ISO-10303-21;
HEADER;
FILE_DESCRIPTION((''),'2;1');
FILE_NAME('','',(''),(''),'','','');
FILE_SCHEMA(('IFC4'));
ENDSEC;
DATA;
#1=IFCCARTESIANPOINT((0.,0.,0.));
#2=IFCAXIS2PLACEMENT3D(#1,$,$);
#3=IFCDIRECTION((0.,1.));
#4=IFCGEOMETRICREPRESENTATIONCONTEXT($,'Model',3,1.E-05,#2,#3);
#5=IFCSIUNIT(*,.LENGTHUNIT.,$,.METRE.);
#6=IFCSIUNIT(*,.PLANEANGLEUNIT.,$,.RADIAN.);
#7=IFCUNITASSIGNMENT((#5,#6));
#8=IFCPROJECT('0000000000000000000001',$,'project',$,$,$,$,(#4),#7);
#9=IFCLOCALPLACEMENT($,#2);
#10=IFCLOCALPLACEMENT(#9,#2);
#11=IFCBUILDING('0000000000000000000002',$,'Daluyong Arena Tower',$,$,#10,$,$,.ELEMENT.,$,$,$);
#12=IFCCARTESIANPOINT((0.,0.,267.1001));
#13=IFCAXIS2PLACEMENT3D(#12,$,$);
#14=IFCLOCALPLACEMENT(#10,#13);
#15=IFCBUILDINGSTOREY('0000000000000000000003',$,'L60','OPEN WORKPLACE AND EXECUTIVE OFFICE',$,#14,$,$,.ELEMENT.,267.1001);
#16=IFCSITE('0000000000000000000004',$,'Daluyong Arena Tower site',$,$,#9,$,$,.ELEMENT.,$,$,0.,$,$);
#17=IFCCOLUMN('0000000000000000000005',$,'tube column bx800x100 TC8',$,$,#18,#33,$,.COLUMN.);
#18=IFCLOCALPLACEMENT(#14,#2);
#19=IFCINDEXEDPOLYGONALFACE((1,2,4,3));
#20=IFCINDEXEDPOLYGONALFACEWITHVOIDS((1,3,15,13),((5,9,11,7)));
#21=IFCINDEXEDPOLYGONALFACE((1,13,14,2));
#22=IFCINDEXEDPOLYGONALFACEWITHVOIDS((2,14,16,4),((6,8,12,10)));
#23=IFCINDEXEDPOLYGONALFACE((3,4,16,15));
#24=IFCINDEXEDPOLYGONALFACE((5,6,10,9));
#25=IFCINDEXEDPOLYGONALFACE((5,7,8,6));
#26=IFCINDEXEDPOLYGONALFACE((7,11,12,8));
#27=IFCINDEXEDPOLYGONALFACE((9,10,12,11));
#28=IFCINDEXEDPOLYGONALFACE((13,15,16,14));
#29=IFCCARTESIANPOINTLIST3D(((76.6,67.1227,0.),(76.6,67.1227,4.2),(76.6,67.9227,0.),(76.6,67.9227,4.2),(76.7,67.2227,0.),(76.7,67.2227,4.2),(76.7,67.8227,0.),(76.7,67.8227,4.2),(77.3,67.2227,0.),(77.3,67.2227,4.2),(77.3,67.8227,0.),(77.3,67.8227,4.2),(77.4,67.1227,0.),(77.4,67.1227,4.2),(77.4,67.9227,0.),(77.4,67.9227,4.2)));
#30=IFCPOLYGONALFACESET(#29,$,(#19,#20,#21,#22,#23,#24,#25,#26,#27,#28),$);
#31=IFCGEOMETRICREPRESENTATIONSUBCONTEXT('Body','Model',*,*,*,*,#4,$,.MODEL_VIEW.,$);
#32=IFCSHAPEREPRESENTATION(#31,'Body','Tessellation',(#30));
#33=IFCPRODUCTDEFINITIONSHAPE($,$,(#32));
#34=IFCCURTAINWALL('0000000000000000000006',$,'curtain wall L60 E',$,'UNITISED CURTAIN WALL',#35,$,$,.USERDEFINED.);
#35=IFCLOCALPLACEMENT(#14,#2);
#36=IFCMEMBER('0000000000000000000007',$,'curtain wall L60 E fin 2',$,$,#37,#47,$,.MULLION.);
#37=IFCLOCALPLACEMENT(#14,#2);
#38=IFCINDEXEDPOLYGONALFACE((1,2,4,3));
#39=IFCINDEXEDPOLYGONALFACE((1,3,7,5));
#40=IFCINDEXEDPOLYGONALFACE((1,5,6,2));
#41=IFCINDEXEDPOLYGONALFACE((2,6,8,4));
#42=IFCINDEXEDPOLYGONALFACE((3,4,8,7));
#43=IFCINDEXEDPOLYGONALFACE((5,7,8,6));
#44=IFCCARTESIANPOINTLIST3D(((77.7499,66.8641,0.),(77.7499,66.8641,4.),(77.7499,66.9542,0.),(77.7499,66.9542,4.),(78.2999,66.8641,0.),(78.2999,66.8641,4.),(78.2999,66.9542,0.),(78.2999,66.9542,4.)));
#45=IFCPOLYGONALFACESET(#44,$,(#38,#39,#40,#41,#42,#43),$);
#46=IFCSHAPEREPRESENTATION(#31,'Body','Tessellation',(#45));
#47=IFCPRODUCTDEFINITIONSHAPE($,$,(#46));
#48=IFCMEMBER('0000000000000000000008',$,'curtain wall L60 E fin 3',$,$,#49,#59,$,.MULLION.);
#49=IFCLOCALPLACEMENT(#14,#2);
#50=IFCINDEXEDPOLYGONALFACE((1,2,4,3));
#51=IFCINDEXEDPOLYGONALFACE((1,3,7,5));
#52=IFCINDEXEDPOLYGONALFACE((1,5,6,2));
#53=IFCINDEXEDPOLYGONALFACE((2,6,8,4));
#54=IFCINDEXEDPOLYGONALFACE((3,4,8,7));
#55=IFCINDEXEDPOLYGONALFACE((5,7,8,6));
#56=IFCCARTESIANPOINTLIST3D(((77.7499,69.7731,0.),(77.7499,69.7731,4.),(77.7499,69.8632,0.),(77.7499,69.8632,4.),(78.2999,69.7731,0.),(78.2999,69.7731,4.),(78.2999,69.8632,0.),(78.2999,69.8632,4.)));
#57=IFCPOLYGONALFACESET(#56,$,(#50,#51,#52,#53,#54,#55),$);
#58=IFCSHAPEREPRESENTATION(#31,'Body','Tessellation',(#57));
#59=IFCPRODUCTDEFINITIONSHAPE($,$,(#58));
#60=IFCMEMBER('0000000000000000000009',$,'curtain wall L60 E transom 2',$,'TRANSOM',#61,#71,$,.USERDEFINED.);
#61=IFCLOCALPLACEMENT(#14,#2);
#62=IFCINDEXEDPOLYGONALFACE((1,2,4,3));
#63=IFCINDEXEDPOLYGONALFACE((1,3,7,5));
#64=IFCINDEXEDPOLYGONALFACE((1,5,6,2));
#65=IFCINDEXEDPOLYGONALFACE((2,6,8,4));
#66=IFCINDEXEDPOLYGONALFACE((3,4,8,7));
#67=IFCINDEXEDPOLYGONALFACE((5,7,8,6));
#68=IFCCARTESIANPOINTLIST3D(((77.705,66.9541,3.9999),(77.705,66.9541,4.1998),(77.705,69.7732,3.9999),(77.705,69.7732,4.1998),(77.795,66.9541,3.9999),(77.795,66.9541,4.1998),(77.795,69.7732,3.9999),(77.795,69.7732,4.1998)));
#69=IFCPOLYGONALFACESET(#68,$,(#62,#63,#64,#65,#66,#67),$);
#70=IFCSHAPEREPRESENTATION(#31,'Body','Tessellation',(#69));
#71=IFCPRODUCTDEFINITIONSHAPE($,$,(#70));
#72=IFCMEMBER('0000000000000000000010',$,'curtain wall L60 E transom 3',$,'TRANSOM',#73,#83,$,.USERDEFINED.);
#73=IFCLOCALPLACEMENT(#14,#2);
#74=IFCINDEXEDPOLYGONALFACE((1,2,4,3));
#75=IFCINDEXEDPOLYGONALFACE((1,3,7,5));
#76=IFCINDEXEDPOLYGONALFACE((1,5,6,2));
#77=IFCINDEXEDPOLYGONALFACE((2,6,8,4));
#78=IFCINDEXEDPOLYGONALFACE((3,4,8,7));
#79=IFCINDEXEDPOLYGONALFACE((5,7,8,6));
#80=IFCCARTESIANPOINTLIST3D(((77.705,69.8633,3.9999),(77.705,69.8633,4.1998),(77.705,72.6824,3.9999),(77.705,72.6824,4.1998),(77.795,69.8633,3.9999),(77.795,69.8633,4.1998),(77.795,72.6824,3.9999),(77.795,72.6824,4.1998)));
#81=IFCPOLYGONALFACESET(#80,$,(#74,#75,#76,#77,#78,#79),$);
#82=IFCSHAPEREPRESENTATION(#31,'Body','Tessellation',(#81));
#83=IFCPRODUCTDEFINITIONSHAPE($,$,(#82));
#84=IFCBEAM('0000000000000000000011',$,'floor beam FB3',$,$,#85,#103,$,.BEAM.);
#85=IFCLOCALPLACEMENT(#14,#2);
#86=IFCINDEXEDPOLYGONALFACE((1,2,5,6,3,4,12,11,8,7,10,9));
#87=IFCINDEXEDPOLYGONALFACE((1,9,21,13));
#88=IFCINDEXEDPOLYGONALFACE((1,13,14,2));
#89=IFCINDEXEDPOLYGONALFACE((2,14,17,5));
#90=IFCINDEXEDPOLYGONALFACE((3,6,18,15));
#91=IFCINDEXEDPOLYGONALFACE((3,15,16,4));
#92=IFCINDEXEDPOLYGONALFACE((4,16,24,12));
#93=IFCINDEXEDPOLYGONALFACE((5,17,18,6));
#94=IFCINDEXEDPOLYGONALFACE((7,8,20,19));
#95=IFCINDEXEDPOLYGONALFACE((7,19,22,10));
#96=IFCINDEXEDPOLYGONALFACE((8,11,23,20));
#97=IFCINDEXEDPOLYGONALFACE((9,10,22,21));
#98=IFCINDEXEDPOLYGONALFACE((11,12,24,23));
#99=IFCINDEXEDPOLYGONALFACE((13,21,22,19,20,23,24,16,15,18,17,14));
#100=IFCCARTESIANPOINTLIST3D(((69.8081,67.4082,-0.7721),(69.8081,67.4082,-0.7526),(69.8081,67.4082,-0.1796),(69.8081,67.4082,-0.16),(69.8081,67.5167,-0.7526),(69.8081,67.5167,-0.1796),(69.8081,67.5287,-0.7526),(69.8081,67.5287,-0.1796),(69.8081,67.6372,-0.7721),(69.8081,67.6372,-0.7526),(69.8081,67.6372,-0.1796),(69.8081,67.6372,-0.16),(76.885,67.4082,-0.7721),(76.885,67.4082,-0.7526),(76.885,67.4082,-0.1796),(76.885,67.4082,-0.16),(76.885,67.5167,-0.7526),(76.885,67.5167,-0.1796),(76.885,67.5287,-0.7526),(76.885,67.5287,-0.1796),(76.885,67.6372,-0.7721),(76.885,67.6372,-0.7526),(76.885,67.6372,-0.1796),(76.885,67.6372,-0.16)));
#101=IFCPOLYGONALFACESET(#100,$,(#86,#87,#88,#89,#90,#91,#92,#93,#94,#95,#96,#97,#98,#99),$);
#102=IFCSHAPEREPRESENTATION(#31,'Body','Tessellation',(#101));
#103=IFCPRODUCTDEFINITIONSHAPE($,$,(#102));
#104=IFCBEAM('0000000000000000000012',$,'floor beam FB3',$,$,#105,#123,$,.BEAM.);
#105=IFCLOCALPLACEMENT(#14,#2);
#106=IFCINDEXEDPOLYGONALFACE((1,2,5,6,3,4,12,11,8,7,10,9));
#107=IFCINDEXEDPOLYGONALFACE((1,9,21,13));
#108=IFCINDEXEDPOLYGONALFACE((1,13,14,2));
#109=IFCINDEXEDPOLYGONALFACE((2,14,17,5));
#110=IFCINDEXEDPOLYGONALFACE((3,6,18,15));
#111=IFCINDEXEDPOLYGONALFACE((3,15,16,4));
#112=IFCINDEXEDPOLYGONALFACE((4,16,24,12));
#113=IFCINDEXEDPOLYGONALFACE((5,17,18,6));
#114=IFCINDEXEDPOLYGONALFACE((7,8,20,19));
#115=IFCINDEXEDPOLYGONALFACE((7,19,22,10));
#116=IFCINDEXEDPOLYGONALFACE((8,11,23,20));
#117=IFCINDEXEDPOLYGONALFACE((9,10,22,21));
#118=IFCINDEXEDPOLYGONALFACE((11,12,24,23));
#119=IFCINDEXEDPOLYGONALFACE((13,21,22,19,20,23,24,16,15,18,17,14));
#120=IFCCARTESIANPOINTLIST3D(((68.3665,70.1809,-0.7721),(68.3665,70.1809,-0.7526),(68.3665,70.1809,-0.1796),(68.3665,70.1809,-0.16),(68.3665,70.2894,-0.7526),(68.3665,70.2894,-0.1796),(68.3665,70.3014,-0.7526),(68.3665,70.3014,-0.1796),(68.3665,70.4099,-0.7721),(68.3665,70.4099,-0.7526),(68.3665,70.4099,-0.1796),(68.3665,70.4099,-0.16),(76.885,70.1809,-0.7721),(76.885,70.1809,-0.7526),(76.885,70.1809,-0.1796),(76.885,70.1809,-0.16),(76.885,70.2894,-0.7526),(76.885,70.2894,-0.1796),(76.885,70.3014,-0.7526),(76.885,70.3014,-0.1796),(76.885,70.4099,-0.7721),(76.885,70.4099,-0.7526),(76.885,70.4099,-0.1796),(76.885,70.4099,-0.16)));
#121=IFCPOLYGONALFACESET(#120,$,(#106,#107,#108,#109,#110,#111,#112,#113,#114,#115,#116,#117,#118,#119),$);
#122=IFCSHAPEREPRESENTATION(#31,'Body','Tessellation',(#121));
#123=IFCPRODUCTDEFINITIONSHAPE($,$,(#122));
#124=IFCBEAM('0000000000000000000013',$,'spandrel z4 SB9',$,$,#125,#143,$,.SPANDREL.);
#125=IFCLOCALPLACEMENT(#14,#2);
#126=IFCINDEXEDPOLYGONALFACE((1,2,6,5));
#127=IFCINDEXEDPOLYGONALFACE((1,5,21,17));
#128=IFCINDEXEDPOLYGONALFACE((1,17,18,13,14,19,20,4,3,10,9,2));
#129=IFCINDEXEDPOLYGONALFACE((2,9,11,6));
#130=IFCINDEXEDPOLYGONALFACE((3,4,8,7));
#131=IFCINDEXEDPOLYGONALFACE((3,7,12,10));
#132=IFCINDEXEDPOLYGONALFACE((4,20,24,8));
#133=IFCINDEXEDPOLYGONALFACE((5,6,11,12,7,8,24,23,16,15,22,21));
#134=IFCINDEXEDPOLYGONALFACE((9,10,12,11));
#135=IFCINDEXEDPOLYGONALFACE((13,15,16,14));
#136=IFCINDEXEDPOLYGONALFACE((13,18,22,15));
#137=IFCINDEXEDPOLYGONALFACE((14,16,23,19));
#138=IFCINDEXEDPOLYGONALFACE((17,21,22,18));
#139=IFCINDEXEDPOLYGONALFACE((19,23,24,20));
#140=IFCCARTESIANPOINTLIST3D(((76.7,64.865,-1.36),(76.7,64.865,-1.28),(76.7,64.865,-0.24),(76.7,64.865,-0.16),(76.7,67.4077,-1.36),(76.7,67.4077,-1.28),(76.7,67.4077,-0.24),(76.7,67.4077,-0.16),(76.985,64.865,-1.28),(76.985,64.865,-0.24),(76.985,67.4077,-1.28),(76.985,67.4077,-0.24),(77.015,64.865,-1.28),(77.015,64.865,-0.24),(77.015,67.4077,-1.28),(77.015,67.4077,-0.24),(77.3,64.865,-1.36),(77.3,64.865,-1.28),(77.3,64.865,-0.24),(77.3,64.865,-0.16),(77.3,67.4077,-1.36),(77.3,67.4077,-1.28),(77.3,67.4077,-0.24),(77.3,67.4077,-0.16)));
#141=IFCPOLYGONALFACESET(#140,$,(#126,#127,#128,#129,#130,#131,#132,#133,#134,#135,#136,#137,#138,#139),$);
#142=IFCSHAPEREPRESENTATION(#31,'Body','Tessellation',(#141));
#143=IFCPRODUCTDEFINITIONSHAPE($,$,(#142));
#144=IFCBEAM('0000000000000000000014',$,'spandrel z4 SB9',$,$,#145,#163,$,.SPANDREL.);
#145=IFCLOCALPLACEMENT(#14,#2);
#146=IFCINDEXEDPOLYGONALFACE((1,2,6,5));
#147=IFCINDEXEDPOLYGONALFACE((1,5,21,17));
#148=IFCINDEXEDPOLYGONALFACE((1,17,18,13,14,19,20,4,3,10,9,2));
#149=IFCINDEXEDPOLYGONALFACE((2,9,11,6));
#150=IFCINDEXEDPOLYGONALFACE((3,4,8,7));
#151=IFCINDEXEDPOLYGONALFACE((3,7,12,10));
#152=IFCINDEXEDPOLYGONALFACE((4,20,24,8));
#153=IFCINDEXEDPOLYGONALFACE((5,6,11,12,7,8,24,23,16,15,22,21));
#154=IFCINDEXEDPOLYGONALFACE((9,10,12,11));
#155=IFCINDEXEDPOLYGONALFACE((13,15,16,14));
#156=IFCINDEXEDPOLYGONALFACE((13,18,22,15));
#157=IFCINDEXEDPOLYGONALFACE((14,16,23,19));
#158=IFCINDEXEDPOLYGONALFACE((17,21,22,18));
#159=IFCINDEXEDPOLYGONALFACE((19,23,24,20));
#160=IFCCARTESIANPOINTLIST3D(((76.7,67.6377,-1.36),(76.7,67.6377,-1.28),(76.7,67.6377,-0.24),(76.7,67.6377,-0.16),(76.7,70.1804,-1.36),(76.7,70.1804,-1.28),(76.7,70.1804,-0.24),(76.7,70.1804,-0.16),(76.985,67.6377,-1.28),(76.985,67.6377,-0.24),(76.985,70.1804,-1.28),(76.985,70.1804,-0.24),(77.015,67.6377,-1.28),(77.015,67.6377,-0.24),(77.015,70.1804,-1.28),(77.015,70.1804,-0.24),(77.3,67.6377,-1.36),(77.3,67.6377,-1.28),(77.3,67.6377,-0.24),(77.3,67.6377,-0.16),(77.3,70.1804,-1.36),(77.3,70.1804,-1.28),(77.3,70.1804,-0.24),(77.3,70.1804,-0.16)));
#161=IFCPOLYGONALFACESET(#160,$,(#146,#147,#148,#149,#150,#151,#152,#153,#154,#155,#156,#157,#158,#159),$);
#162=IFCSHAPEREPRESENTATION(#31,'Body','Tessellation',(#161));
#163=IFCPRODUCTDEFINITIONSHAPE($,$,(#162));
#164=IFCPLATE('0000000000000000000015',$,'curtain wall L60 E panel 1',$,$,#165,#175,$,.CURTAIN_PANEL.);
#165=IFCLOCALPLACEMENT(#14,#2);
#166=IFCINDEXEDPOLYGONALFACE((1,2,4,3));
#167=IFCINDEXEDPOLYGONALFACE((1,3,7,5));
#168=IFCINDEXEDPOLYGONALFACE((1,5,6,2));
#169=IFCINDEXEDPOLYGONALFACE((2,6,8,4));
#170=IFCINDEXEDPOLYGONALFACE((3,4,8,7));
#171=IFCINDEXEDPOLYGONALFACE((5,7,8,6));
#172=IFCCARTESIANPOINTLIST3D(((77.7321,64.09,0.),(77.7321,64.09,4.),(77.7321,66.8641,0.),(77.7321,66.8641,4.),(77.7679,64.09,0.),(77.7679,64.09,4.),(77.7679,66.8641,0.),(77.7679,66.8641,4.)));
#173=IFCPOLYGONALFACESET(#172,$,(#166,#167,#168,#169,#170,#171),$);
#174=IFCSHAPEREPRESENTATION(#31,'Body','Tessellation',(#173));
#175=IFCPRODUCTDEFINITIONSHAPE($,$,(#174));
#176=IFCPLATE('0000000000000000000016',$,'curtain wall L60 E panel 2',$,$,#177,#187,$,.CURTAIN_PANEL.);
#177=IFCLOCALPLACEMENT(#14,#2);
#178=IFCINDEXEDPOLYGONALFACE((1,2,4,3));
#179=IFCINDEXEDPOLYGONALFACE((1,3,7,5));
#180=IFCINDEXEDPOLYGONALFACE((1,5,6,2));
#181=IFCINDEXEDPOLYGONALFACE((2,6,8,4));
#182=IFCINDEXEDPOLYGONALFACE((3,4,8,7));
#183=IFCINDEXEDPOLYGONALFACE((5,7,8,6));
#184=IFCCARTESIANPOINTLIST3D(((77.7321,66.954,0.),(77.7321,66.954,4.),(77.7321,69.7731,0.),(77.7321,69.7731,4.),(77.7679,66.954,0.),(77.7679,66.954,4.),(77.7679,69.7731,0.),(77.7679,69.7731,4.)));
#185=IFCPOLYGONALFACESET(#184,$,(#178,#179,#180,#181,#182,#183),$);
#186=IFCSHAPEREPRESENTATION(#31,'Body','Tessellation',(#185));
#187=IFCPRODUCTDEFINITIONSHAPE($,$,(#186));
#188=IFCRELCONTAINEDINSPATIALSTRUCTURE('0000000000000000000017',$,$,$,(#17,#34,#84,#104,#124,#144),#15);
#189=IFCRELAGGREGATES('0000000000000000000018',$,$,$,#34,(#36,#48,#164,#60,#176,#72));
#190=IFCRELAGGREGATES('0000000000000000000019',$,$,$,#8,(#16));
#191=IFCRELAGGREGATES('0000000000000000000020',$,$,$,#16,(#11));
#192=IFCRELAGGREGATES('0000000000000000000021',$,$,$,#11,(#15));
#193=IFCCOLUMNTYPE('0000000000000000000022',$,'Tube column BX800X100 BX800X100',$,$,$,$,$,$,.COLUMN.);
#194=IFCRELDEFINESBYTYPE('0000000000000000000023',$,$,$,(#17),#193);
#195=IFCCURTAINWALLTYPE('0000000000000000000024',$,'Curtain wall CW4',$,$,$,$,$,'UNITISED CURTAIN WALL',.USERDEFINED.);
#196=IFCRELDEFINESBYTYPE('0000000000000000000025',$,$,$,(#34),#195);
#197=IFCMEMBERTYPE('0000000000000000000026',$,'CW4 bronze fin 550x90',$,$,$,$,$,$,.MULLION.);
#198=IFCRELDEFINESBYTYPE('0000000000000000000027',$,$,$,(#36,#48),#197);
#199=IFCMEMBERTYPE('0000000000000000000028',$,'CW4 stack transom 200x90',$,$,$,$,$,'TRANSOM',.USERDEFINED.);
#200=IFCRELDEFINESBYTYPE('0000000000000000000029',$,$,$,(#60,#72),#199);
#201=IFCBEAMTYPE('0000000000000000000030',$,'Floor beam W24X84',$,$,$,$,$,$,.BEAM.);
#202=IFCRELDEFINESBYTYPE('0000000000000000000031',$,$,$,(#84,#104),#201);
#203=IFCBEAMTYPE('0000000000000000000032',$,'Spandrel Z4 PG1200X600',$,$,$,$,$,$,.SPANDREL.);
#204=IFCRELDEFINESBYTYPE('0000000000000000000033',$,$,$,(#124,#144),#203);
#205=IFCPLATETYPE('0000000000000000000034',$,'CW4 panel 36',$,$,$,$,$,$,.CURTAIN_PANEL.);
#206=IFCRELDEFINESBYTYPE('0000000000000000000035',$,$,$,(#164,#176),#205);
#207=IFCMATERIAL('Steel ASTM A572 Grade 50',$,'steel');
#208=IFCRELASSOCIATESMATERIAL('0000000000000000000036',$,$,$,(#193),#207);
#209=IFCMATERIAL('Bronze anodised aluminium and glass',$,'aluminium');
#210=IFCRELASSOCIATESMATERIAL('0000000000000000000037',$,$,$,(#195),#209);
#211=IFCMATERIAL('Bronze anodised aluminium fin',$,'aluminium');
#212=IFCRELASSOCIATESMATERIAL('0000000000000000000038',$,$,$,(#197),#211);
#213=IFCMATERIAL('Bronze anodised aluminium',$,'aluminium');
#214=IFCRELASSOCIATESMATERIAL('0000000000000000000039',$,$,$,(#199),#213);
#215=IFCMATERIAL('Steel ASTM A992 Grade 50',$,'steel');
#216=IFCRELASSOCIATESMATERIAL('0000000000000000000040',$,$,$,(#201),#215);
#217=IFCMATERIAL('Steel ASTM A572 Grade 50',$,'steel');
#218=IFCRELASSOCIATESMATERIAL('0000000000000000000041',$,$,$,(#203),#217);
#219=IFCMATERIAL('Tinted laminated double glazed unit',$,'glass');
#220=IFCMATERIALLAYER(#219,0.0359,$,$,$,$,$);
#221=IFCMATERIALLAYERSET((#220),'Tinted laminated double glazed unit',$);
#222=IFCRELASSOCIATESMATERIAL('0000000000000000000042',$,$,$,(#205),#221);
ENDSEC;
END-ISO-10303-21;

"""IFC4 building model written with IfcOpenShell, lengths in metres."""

from ifc_helpers import new_model, si_unit, direction, frame, origin, origin_2d, place, context, subcontext, project, spatial, rectangle, hollow_rectangle, i_section, extrude, material, layer, layer_set, material_profile, profile_set, type_object, element, aggregate, save


model = new_model("IFC4")

# Units and contexts
model_context = context("Model", 3, precision=1e-05, world=origin(), true_north=direction((0.0, 1.0)))
body_context = subcontext(model_context, "Body", "Model", "MODEL_VIEW")
ifc_project = project(units=[si_unit("LENGTHUNIT", "METRE"), si_unit("PLANEANGLEUNIT", "RADIAN")], contexts=[model_context])

# Site, building, storey
site_placement = place(None, origin())
site = spatial("IfcSite", under=ifc_project, at=site_placement, Name="Daluyong Arena Tower site", CompositionType="ELEMENT", RefElevation=0.0)
building_placement = place(site_placement, origin())
building = spatial("IfcBuilding", under=site, at=building_placement, Name="Daluyong Arena Tower", CompositionType="ELEMENT")
storey_placement = place(building_placement, frame((0.0, 0.0, 267.1001)))
storey = spatial("IfcBuildingStorey", under=building, at=storey_placement, Name="L60", Description="OPEN WORKPLACE AND EXECUTIVE OFFICE", CompositionType="ELEMENT", Elevation=267.1001)

# Column
ifc_material_1 = material(Name="Steel ASTM A572 Grade 50", Category="steel")
ifc_material_profile_1 = material_profile(ifc_material_1, hollow_rectangle(XDim=0.8, YDim=0.8, WallThickness=0.1, at=origin_2d()))
ifc_profile_set_1 = profile_set([ifc_material_profile_1], Name="Steel ASTM A572 Grade 50")
column_type = type_object("IfcColumnType", Name="Tube column BX800X100 BX800X100", PredefinedType="COLUMN", material=ifc_profile_set_1)
column_placement = place(storey_placement, frame((77.0, 67.5227, 0.0), z_axis=(0.0, 0.0, 1.0), x_axis=(0.0, 1.0, 0.0)))
element("IfcColumn", 1, at=column_placement, inside=storey, type_object=column_type, Name="tube column bx800x100 TC8", PredefinedType="COLUMN", context=body_context, shape_type="SweptSolid", body=[
    extrude(hollow_rectangle(XDim=0.8, YDim=0.8, WallThickness=0.1, at=origin_2d()), origin(), (0.0, 0.0, 1.0), 4.2),
])

# Curtain wall, members
ifc_material_2 = material(Name="Bronze anodised aluminium and glass", Category="aluminium")
curtain_wall_type = type_object("IfcCurtainWallType", Name="Curtain wall CW4", ElementType="UNITISED CURTAIN WALL", PredefinedType="USERDEFINED", material=ifc_material_2)
curtain_wall_placement = place(storey_placement, origin())
curtain_wall = element("IfcCurtainWall", 2, at=curtain_wall_placement, inside=storey, type_object=curtain_wall_type, Name="curtain wall L60 E", ObjectType="UNITISED CURTAIN WALL", PredefinedType="USERDEFINED")
ifc_material_3 = material(Name="Bronze anodised aluminium fin", Category="aluminium")
ifc_material_profile_2 = material_profile(ifc_material_3, rectangle(XDim=0.55, YDim=0.0901, at=origin_2d()))
ifc_profile_set_2 = profile_set([ifc_material_profile_2], Name="Bronze anodised aluminium fin")
member_type_1 = type_object("IfcMemberType", Name="CW4 bronze fin 550x90", PredefinedType="MULLION", material=ifc_profile_set_2)
member_1_placement = place(storey_placement, frame((78.0249, 66.9092, 0.0), z_axis=(0.0, 0.0, 1.0), x_axis=(-1.0, 0.0, 0.0)))
member_1 = element("IfcMember", 3, at=member_1_placement, type_object=member_type_1, Name="curtain wall L60 E fin 2", PredefinedType="MULLION", context=body_context, shape_type="SweptSolid", body=[
    extrude(rectangle(XDim=0.55, YDim=0.0901, at=origin_2d()), origin(), (0.0, 0.0, 1.0), 4.0),
])
member_2_placement = place(storey_placement, frame((78.0249, 69.8181, 0.0), z_axis=(0.0, 0.0, 1.0), x_axis=(-1.0, 0.0, 0.0)))
member_2 = element("IfcMember", 4, at=member_2_placement, type_object=member_type_1, Name="curtain wall L60 E fin 3", PredefinedType="MULLION", context=body_context, shape_type="SweptSolid", body=[
    extrude(rectangle(XDim=0.55, YDim=0.0901, at=origin_2d()), origin(), (0.0, 0.0, 1.0), 4.0),
])
ifc_material_4 = material(Name="Bronze anodised aluminium", Category="aluminium")
ifc_material_profile_3 = material_profile(ifc_material_4, rectangle(XDim=0.0901, YDim=0.2, at=origin_2d()))
ifc_profile_set_3 = profile_set([ifc_material_profile_3], Name="Bronze anodised aluminium")
member_type_2 = type_object("IfcMemberType", Name="CW4 stack transom 200x90", ElementType="TRANSOM", PredefinedType="USERDEFINED", material=ifc_profile_set_3)
member_3_placement = place(storey_placement, frame((77.75, 66.9541, 4.0999), z_axis=(0.0, 1.0, 0.0), x_axis=(-1.0, 0.0, 0.0)))
member_3 = element("IfcMember", 5, at=member_3_placement, type_object=member_type_2, Name="curtain wall L60 E transom 2", ObjectType="TRANSOM", PredefinedType="USERDEFINED", context=body_context, shape_type="SweptSolid", body=[
    extrude(rectangle(XDim=0.0901, YDim=0.2, at=origin_2d()), origin(), (0.0, 0.0, 1.0), 2.8191),
])
member_4_placement = place(storey_placement, frame((77.75, 69.8633, 4.0999), z_axis=(0.0, 1.0, 0.0), x_axis=(-1.0, 0.0, 0.0)))
member_4 = element("IfcMember", 6, at=member_4_placement, type_object=member_type_2, Name="curtain wall L60 E transom 3", ObjectType="TRANSOM", PredefinedType="USERDEFINED", context=body_context, shape_type="SweptSolid", body=[
    extrude(rectangle(XDim=0.0901, YDim=0.2, at=origin_2d()), origin(), (0.0, 0.0, 1.0), 2.8191),
])

# Beams
ifc_material_5 = material(Name="Steel ASTM A992 Grade 50", Category="steel")
ifc_material_profile_4 = material_profile(ifc_material_5, i_section(OverallWidth=0.229, OverallDepth=0.6121, WebThickness=0.012, FlangeThickness=0.0195, at=origin_2d()))
ifc_profile_set_4 = profile_set([ifc_material_profile_4], Name="Steel ASTM A992 Grade 50")
beam_type_1 = type_object("IfcBeamType", Name="Floor beam W24X84", PredefinedType="BEAM", material=ifc_profile_set_4)
beam_1_placement = place(storey_placement, frame((76.885, 67.5227, -0.4661), z_axis=(-1.0, 0.0, 0.0), x_axis=(0.0, -1.0, 0.0)))
element("IfcBeam", 7, at=beam_1_placement, inside=storey, type_object=beam_type_1, Name="floor beam FB3", PredefinedType="BEAM", context=body_context, shape_type="SweptSolid", body=[
    extrude(i_section(OverallWidth=0.229, OverallDepth=0.6121, WebThickness=0.012, FlangeThickness=0.0195, at=origin_2d()), origin(), (0.0, 0.0, 1.0), 7.0769),
])
beam_2_placement = place(storey_placement, frame((76.885, 70.2954, -0.4661), z_axis=(-1.0, 0.0, 0.0), x_axis=(0.0, -1.0, 0.0)))
element("IfcBeam", 8, at=beam_2_placement, inside=storey, type_object=beam_type_1, Name="floor beam FB3", PredefinedType="BEAM", context=body_context, shape_type="SweptSolid", body=[
    extrude(i_section(OverallWidth=0.229, OverallDepth=0.6121, WebThickness=0.012, FlangeThickness=0.0195, at=origin_2d()), origin(), (0.0, 0.0, 1.0), 8.5186),
])
ifc_material_6 = material(Name="Steel ASTM A572 Grade 50", Category="steel")
ifc_material_profile_5 = material_profile(ifc_material_6, i_section(OverallWidth=0.6001, OverallDepth=1.2, WebThickness=0.03, FlangeThickness=0.08, at=origin_2d()))
ifc_profile_set_5 = profile_set([ifc_material_profile_5], Name="Steel ASTM A572 Grade 50")
beam_type_2 = type_object("IfcBeamType", Name="Spandrel Z4 PG1200X600", PredefinedType="SPANDREL", material=ifc_profile_set_5)
for number, where, z_axis, x_axis, name in (
    (9, (77.0, 64.865, -0.76), (0.0, 1.0, 0.0), (-1.0, 0.0, 0.0), "spandrel z4 SB9"),
    (10, (77.0, 67.6377, -0.76), (0.0, 1.0, 0.0), (-1.0, 0.0, 0.0), "spandrel z4 SB9"),
):
    element("IfcBeam", number, at=place(storey_placement, frame(where, z_axis=z_axis, x_axis=x_axis)), inside=storey, type_object=beam_type_2, Name=name, PredefinedType="SPANDREL", context=body_context, shape_type="SweptSolid", body=[
        extrude(i_section(OverallWidth=0.6001, OverallDepth=1.2, WebThickness=0.03, FlangeThickness=0.08, at=origin_2d()), origin(), (0.0, 0.0, 1.0), 2.5427),
    ])

# Plates
ifc_material_7 = material(Name="Tinted laminated double glazed unit", Category="glass")
ifc_layer_1 = layer(ifc_material_7, 0.0359)
ifc_layer_set_1 = layer_set([ifc_layer_1], Name="Tinted laminated double glazed unit")
plate_type = type_object("IfcPlateType", Name="CW4 panel 36", PredefinedType="CURTAIN_PANEL", material=ifc_layer_set_1)
plate_1_placement = place(storey_placement, frame((77.75, 65.4771, 0.0), z_axis=(0.0, 0.0, 1.0), x_axis=(0.0, 1.0, 0.0)))
plate_1 = element("IfcPlate", 11, at=plate_1_placement, type_object=plate_type, Name="curtain wall L60 E panel 1", PredefinedType="CURTAIN_PANEL", context=body_context, shape_type="SweptSolid", body=[
    extrude(rectangle(XDim=2.7742, YDim=0.0359, at=origin_2d()), origin(), (0.0, 0.0, 1.0), 4.0),
])
plate_2_placement = place(storey_placement, frame((77.75, 68.3635, 0.0), z_axis=(0.0, 0.0, 1.0), x_axis=(0.0, 1.0, 0.0)))
plate_2 = element("IfcPlate", 12, at=plate_2_placement, type_object=plate_type, Name="curtain wall L60 E panel 2", PredefinedType="CURTAIN_PANEL", context=body_context, shape_type="SweptSolid", body=[
    extrude(rectangle(XDim=2.8191, YDim=0.0359, at=origin_2d()), origin(), (0.0, 0.0, 1.0), 4.0),
])
aggregate(curtain_wall, [member_1, member_2, plate_1, member_3, plate_2, member_4])

save(model, "model.ifc")
